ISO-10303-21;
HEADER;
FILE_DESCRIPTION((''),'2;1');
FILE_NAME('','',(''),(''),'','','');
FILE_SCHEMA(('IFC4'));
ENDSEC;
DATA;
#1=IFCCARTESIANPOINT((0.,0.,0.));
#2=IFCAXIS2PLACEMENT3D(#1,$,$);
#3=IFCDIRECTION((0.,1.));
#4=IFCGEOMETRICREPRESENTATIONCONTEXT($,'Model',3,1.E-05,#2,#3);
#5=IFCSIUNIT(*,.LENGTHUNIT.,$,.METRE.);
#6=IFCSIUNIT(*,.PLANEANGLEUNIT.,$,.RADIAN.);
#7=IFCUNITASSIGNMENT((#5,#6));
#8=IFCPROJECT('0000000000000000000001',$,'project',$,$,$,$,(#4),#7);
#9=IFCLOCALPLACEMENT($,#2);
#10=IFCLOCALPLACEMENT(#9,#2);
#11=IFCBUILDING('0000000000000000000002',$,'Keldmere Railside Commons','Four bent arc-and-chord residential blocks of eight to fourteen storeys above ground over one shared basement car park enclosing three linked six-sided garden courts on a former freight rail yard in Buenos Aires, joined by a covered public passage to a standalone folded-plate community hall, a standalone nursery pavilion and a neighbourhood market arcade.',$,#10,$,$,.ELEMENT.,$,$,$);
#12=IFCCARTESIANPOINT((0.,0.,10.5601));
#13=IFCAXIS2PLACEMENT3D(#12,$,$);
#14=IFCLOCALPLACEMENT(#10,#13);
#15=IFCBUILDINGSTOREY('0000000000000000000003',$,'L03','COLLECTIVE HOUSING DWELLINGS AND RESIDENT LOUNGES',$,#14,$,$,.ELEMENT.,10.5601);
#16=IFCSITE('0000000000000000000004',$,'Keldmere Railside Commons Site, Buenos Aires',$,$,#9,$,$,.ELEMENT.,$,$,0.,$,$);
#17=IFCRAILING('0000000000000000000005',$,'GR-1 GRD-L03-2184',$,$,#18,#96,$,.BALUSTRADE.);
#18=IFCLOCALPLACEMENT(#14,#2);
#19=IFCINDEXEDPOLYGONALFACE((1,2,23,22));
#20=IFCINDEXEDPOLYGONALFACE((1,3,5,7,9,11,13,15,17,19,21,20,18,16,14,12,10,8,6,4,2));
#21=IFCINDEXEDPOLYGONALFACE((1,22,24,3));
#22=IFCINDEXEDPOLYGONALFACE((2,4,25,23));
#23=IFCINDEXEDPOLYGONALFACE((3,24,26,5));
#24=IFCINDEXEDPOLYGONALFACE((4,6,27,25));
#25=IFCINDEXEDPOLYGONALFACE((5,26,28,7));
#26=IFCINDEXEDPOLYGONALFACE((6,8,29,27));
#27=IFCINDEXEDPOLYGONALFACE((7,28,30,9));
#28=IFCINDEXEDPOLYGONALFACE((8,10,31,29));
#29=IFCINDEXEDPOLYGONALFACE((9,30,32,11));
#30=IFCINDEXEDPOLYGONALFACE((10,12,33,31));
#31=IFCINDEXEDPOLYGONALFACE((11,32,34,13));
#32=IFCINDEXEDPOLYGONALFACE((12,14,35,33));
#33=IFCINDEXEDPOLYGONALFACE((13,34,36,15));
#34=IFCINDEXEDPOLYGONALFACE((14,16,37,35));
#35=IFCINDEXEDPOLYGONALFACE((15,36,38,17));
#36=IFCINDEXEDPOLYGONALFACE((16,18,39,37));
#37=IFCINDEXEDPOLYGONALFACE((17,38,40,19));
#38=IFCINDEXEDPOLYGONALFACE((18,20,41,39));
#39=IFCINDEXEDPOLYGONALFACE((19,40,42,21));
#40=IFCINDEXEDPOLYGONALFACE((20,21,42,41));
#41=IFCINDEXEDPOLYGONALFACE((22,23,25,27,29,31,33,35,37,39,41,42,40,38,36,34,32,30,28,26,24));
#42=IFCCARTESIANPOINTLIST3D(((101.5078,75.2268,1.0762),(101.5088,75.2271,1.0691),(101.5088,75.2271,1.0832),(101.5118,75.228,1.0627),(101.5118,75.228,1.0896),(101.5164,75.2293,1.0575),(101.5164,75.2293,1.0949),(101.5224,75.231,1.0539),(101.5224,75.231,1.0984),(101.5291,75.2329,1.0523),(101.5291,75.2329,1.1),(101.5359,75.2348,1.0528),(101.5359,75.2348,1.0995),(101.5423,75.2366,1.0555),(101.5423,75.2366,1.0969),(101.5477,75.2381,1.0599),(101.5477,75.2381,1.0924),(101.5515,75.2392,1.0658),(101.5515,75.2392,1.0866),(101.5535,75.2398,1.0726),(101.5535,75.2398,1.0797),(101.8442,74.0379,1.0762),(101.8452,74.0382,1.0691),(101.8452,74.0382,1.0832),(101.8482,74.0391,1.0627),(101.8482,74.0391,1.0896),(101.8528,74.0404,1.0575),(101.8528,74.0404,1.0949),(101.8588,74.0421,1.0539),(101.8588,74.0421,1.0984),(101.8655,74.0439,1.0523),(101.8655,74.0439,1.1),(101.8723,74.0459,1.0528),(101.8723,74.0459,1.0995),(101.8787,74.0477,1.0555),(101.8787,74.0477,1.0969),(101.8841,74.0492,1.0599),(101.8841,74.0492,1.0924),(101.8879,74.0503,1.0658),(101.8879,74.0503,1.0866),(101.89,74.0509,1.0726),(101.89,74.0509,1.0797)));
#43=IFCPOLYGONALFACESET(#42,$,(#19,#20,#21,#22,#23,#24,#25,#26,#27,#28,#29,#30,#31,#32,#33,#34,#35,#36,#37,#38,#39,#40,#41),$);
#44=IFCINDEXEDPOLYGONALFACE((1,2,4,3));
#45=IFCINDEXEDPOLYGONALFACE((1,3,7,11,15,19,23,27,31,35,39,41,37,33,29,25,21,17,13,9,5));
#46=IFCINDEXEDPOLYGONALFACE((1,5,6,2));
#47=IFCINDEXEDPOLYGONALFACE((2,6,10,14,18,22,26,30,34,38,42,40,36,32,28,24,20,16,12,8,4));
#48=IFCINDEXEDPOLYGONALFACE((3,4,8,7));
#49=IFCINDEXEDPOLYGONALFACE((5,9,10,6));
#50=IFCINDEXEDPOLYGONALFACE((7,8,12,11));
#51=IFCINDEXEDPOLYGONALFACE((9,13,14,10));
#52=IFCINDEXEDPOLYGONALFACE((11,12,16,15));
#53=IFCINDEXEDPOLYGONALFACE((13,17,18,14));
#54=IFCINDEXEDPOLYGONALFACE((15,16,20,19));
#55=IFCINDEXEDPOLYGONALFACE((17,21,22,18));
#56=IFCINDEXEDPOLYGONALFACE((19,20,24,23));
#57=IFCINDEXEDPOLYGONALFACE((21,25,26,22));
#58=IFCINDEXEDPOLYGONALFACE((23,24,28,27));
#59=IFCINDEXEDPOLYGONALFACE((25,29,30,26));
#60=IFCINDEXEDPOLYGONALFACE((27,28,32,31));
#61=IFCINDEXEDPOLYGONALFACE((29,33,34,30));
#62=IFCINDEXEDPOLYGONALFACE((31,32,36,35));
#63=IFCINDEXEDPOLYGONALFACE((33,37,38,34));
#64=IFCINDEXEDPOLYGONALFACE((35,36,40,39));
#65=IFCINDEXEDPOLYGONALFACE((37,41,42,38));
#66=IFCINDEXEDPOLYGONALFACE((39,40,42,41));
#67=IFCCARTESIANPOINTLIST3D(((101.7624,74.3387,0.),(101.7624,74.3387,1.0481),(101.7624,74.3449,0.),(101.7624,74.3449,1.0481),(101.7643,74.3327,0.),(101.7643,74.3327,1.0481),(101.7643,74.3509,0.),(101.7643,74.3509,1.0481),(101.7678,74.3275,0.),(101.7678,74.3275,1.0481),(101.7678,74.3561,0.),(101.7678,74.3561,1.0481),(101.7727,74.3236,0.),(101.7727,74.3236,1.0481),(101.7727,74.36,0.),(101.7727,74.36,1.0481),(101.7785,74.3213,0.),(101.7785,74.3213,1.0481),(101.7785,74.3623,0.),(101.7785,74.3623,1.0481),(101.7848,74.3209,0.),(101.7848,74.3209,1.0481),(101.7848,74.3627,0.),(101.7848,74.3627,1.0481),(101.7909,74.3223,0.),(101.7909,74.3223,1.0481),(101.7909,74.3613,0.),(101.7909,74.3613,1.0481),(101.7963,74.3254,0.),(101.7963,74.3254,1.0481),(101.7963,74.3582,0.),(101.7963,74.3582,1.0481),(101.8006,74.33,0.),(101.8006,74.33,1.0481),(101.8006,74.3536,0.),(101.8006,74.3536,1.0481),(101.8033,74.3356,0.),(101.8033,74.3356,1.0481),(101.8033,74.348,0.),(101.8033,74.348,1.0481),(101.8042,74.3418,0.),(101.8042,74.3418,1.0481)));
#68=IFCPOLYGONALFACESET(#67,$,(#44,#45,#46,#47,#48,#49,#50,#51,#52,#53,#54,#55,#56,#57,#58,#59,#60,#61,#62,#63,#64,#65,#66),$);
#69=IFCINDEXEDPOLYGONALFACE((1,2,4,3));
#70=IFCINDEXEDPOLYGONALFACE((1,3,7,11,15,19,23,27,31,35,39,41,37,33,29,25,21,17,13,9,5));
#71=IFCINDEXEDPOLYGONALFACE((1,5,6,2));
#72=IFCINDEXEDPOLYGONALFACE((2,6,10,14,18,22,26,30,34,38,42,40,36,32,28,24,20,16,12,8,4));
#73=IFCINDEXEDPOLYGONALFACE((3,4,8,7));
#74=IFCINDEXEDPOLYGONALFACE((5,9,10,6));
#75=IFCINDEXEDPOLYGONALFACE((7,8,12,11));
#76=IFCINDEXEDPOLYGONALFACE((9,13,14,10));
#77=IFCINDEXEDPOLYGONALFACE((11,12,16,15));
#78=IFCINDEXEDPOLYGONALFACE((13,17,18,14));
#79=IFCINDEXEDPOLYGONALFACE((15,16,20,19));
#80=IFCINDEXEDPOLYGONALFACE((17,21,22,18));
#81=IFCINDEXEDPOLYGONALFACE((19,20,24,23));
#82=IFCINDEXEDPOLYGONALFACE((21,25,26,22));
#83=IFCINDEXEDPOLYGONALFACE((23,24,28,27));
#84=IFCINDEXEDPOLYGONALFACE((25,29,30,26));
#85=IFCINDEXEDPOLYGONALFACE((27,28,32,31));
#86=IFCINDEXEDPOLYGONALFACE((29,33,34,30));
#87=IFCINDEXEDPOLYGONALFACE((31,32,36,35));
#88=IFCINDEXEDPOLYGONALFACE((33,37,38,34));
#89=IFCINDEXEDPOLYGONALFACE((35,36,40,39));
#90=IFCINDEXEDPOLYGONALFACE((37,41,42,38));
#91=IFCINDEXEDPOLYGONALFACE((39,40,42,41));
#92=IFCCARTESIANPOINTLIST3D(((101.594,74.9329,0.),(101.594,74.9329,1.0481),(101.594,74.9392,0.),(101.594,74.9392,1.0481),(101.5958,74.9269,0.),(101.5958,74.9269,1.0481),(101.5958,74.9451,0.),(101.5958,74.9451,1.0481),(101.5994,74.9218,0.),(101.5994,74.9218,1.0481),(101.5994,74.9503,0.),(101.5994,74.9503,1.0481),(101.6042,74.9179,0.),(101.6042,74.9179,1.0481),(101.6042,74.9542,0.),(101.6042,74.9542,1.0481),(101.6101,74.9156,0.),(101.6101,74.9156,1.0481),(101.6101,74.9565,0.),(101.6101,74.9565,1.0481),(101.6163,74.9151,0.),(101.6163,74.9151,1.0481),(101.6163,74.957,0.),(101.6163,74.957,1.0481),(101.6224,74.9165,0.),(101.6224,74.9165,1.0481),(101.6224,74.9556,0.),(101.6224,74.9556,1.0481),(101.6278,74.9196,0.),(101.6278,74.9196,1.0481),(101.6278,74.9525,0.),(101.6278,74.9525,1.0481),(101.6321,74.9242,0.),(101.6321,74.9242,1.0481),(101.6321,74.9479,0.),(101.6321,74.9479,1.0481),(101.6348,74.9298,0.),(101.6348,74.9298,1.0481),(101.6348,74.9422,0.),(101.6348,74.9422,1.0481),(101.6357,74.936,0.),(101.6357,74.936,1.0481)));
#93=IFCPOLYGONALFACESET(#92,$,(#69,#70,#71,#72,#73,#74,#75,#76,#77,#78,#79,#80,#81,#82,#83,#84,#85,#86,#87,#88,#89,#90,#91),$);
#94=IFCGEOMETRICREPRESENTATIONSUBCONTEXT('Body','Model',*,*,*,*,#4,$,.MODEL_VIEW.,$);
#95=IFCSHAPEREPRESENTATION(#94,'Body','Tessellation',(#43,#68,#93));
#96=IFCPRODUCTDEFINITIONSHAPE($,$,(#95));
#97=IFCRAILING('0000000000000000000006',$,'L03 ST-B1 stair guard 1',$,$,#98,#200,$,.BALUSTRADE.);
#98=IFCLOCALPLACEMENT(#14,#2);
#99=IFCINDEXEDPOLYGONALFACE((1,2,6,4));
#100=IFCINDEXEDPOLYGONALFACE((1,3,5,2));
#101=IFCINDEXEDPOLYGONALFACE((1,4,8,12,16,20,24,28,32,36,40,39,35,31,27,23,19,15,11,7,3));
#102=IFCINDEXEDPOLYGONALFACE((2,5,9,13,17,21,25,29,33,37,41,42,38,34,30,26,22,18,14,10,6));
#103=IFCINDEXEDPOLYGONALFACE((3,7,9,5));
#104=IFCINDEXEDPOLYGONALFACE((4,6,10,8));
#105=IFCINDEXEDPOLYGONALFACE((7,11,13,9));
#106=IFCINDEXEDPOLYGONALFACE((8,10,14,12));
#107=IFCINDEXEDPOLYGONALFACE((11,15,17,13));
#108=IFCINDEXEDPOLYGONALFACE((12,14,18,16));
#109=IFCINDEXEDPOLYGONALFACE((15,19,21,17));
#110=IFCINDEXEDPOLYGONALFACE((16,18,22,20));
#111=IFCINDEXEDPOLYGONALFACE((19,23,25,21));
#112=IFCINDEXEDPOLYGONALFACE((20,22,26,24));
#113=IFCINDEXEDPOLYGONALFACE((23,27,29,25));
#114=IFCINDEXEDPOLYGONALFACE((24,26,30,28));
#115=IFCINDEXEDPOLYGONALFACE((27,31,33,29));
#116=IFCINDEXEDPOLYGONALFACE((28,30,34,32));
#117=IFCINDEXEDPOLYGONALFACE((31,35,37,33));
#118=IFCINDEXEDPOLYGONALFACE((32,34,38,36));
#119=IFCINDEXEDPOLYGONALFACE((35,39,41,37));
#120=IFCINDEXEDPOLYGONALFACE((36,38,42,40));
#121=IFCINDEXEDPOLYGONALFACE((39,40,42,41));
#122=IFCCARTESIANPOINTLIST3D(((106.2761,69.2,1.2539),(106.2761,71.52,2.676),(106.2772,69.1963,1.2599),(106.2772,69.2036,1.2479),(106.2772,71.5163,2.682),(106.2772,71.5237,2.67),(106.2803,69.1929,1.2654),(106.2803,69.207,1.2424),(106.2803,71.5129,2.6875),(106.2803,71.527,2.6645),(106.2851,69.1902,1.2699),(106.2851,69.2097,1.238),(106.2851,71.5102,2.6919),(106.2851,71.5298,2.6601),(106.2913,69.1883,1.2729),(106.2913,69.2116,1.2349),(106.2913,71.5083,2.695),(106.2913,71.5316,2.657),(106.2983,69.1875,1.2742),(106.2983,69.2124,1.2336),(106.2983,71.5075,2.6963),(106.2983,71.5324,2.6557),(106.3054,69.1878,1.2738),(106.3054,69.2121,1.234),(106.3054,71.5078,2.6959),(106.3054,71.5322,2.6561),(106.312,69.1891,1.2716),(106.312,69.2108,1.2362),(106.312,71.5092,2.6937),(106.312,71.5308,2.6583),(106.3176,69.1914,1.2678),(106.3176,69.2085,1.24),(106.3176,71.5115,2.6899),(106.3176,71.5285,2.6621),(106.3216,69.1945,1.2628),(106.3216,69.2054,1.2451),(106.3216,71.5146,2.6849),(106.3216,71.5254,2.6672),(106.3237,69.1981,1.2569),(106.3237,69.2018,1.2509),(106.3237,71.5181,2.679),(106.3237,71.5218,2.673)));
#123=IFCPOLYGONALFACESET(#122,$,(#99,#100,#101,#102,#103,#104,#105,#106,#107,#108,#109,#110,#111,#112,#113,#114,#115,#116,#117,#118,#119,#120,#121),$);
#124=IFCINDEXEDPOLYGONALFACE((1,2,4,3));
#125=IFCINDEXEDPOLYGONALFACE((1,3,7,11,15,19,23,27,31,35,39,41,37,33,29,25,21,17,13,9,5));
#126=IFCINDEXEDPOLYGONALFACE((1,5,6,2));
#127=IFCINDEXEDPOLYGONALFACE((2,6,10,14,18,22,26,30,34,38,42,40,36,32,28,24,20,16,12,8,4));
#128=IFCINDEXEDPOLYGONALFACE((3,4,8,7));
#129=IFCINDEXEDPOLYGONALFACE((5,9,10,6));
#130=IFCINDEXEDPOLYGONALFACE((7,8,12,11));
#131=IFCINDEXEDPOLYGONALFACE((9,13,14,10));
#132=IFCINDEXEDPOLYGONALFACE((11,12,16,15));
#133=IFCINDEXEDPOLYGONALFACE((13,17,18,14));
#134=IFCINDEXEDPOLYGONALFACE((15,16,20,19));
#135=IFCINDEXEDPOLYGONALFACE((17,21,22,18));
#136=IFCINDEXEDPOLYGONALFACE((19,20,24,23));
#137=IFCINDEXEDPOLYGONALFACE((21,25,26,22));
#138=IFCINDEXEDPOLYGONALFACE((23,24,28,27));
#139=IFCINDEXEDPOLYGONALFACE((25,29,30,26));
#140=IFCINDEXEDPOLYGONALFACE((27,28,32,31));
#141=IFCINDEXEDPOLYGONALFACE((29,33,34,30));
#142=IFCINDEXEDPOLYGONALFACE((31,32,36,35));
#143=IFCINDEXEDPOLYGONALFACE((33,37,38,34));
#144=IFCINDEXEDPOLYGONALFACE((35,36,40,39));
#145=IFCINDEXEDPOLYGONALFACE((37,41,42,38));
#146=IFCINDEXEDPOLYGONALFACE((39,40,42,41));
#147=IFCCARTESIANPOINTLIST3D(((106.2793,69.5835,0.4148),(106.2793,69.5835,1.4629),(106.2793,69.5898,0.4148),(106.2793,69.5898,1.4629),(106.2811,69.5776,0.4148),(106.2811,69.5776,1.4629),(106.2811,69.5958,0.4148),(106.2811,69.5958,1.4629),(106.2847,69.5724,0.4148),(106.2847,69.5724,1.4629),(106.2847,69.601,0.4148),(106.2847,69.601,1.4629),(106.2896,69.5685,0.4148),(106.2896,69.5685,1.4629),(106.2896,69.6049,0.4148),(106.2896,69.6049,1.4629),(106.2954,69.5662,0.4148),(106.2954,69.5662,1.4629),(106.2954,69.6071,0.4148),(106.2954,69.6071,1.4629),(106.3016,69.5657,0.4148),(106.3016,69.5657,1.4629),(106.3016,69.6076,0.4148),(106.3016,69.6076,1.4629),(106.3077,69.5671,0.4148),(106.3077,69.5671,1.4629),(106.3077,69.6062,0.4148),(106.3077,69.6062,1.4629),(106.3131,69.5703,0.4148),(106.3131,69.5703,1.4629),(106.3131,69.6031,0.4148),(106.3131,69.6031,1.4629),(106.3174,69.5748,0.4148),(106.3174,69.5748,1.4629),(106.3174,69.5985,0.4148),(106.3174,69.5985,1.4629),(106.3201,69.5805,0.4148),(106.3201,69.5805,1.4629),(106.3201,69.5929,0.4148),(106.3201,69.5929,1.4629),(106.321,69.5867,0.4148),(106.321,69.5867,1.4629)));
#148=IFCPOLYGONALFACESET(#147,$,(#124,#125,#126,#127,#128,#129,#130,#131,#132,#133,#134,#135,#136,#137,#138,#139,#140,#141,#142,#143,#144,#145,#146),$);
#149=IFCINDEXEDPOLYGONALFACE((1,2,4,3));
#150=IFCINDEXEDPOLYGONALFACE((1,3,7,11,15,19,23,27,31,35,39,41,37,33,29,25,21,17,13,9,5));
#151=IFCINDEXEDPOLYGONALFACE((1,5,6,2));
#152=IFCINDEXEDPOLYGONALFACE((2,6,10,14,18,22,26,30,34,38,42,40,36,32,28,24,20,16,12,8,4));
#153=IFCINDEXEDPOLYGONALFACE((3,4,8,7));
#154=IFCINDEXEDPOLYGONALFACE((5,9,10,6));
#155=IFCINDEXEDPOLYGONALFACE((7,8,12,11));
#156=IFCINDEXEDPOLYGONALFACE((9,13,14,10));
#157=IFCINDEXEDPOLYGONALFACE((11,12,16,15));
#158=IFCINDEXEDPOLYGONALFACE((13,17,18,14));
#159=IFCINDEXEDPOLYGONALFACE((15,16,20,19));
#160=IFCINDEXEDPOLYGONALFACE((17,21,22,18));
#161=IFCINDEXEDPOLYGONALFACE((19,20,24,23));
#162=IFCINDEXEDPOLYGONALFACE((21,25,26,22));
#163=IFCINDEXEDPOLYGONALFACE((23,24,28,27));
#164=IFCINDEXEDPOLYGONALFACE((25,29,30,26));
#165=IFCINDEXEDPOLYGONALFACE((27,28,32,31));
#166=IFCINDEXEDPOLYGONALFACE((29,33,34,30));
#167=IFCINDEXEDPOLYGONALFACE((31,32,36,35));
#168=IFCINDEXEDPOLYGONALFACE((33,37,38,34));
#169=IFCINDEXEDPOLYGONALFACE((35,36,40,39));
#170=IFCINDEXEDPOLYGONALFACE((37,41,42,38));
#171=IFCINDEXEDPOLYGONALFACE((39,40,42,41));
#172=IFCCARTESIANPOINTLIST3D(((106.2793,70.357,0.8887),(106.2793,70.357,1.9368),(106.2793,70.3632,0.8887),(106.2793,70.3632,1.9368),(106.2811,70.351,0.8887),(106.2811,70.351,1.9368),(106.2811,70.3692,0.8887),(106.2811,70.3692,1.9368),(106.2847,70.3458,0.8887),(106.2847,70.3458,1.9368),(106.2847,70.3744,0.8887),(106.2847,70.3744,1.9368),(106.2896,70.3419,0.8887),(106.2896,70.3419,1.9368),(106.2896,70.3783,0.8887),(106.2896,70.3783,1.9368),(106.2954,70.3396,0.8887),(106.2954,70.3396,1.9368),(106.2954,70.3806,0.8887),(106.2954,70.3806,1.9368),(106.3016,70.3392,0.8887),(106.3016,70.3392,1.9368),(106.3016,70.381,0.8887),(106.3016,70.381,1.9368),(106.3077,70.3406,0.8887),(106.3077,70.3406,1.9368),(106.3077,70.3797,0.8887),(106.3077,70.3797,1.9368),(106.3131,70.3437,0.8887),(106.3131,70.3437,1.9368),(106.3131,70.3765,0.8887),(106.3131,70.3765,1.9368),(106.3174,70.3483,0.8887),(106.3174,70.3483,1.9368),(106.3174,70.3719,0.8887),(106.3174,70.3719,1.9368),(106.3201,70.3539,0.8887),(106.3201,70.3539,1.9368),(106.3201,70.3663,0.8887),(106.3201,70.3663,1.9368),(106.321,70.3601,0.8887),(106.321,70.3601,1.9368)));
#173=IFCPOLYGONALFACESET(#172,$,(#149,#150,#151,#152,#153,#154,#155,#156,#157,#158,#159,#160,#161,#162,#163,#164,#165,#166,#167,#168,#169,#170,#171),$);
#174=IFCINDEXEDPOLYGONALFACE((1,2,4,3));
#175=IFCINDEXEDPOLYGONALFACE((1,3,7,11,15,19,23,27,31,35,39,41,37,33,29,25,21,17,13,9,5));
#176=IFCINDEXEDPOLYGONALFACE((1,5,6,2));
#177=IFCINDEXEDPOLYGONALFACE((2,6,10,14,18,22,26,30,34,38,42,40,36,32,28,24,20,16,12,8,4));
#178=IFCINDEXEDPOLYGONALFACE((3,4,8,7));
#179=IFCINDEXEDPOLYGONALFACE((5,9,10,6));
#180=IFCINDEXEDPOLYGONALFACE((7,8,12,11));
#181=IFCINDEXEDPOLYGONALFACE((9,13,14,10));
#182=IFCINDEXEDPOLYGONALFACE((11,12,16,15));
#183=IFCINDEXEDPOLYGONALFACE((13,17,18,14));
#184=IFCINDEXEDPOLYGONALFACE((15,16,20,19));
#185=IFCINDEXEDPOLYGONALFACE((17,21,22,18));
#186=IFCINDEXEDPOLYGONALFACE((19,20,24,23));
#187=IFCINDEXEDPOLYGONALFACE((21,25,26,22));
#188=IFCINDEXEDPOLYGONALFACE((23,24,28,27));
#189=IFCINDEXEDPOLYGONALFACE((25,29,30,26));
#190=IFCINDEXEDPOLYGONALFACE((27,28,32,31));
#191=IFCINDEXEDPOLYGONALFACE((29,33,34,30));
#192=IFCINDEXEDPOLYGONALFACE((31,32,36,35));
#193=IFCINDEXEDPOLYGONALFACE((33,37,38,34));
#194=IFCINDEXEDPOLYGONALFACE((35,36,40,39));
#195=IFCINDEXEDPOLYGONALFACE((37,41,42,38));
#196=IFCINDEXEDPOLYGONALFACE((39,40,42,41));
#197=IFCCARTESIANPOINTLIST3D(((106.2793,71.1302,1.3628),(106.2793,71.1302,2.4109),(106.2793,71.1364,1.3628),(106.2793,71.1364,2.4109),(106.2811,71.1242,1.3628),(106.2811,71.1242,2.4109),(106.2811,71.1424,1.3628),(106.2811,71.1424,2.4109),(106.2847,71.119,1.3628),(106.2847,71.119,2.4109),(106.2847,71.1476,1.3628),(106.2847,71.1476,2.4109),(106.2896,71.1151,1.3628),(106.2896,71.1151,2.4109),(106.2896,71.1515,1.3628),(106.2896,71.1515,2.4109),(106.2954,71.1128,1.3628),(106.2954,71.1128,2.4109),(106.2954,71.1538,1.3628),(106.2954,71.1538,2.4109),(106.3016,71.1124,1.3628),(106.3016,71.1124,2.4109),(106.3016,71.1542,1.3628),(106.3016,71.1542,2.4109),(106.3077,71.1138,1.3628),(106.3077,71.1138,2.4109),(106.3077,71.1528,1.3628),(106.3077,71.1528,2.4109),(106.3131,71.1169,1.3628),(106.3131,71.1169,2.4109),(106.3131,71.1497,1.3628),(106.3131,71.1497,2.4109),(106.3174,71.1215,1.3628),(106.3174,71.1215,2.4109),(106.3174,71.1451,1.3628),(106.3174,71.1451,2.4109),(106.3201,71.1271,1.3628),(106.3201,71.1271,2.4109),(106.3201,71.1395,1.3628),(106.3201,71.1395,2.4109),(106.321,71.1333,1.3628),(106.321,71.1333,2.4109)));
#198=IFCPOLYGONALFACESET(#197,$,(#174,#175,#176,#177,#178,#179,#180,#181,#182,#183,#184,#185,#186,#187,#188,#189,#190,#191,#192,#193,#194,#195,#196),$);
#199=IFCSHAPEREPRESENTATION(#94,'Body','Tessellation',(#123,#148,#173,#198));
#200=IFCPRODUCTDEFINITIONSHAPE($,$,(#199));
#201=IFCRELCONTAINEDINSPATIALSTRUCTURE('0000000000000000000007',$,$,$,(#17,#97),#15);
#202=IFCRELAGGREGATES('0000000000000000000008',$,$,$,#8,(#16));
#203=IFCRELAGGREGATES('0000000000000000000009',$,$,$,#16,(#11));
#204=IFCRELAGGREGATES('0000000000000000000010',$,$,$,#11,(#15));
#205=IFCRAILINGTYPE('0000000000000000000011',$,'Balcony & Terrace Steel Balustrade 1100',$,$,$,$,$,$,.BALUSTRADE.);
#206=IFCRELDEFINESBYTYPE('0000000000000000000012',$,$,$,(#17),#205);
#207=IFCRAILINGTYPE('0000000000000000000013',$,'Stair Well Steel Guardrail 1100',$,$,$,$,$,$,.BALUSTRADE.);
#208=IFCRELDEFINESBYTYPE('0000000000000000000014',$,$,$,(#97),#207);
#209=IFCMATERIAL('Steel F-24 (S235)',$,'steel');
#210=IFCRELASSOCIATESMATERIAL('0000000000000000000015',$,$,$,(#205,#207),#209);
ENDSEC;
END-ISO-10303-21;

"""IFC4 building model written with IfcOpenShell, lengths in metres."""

from ifc_helpers import new_model, si_unit, direction, frame, origin, origin_2d, place, context, subcontext, project, spatial, circle, extrude, material, type_object, element, save


model = new_model("IFC4")

# Units and contexts
model_context = context("Model", 3, precision=1e-05, world=origin(), true_north=direction((0.0, 1.0)))
body_context = subcontext(model_context, "Body", "Model", "MODEL_VIEW")
ifc_project = project(units=[si_unit("LENGTHUNIT", "METRE"), si_unit("PLANEANGLEUNIT", "RADIAN")], contexts=[model_context])

# Site, building, storey
site_placement = place(None, origin())
site = spatial("IfcSite", under=ifc_project, at=site_placement, Name="Keldmere Railside Commons Site, Buenos Aires", CompositionType="ELEMENT", RefElevation=0.0)
building_placement = place(site_placement, origin())
building = spatial("IfcBuilding", under=site, at=building_placement, Name="Keldmere Railside Commons", Description="Four bent arc-and-chord residential blocks of eight to fourteen storeys above ground over one shared basement car park enclosing three linked six-sided garden courts on a former freight rail yard in Buenos Aires, joined by a covered public passage to a standalone folded-plate community hall, a standalone nursery pavilion and a neighbourhood market arcade.", CompositionType="ELEMENT")
storey_placement = place(building_placement, frame((0.0, 0.0, 10.5601)))
storey = spatial("IfcBuildingStorey", under=building, at=storey_placement, Name="L03", Description="COLLECTIVE HOUSING DWELLINGS AND RESIDENT LOUNGES", CompositionType="ELEMENT", Elevation=10.5601)

# Railings
ifc_material_1 = material(Name="Steel F-24 (S235)", Category="steel")
railing_type_1 = type_object("IfcRailingType", Name="Balcony & Terrace Steel Balustrade 1100", PredefinedType="BALUSTRADE", material=ifc_material_1)
railing_1_placement = place(storey_placement, frame((101.8672, 74.0444, 0.0)))
element("IfcRailing", 1, at=railing_1_placement, inside=storey, type_object=railing_type_1, Name="GR-1 GRD-L03-2184", PredefinedType="BALUSTRADE", context=body_context, shape_type="SweptSolid", body=[
    extrude(circle(Radius=0.0239, at=origin_2d()), frame((0.0, 0.0, 1.0762), z_axis=(-0.272267, 0.962222, 0.0), x_axis=(-0.962222, -0.272267, 0.0)), (0.0, 0.0, 1.0), 1.2356),
    extrude(circle(Radius=0.021, at=origin_2d()), frame((-0.084, 0.2974, 0.0)), (0.0, 0.0, 1.0), 1.0481),
    extrude(circle(Radius=0.021, at=origin_2d()), frame((-0.2524, 0.8916, 0.0)), (0.0, 0.0, 1.0), 1.0481),
])
railing_type_2 = type_object("IfcRailingType", Name="Stair Well Steel Guardrail 1100", PredefinedType="BALUSTRADE", material=ifc_material_1)
railing_2_placement = place(storey_placement, frame((106.3, 69.2, 0.1777)))
element("IfcRailing", 2, at=railing_2_placement, inside=storey, type_object=railing_type_2, Name="L03 ST-B1 stair guard 1", PredefinedType="BALUSTRADE", context=body_context, shape_type="SweptSolid", body=[
    extrude(circle(Radius=0.0239, at=origin_2d()), frame((0.0, 0.0, 1.0762), z_axis=(0.0, 0.852578, 0.5226), x_axis=(-1.0, 0.0, 0.0)), (0.0, 0.0, 1.0), 2.7212),
    extrude(circle(Radius=0.021, at=origin_2d()), frame((0.0, 0.3867, 0.2371)), (0.0, 0.0, 1.0), 1.0481),
    extrude(circle(Radius=0.021, at=origin_2d()), frame((0.0, 1.1602, 0.7109)), (0.0, 0.0, 1.0), 1.0481),
    extrude(circle(Radius=0.021, at=origin_2d()), frame((0.0, 1.9333, 1.1851)), (0.0, 0.0, 1.0), 1.0481),
])

save(model, "model.ifc")
